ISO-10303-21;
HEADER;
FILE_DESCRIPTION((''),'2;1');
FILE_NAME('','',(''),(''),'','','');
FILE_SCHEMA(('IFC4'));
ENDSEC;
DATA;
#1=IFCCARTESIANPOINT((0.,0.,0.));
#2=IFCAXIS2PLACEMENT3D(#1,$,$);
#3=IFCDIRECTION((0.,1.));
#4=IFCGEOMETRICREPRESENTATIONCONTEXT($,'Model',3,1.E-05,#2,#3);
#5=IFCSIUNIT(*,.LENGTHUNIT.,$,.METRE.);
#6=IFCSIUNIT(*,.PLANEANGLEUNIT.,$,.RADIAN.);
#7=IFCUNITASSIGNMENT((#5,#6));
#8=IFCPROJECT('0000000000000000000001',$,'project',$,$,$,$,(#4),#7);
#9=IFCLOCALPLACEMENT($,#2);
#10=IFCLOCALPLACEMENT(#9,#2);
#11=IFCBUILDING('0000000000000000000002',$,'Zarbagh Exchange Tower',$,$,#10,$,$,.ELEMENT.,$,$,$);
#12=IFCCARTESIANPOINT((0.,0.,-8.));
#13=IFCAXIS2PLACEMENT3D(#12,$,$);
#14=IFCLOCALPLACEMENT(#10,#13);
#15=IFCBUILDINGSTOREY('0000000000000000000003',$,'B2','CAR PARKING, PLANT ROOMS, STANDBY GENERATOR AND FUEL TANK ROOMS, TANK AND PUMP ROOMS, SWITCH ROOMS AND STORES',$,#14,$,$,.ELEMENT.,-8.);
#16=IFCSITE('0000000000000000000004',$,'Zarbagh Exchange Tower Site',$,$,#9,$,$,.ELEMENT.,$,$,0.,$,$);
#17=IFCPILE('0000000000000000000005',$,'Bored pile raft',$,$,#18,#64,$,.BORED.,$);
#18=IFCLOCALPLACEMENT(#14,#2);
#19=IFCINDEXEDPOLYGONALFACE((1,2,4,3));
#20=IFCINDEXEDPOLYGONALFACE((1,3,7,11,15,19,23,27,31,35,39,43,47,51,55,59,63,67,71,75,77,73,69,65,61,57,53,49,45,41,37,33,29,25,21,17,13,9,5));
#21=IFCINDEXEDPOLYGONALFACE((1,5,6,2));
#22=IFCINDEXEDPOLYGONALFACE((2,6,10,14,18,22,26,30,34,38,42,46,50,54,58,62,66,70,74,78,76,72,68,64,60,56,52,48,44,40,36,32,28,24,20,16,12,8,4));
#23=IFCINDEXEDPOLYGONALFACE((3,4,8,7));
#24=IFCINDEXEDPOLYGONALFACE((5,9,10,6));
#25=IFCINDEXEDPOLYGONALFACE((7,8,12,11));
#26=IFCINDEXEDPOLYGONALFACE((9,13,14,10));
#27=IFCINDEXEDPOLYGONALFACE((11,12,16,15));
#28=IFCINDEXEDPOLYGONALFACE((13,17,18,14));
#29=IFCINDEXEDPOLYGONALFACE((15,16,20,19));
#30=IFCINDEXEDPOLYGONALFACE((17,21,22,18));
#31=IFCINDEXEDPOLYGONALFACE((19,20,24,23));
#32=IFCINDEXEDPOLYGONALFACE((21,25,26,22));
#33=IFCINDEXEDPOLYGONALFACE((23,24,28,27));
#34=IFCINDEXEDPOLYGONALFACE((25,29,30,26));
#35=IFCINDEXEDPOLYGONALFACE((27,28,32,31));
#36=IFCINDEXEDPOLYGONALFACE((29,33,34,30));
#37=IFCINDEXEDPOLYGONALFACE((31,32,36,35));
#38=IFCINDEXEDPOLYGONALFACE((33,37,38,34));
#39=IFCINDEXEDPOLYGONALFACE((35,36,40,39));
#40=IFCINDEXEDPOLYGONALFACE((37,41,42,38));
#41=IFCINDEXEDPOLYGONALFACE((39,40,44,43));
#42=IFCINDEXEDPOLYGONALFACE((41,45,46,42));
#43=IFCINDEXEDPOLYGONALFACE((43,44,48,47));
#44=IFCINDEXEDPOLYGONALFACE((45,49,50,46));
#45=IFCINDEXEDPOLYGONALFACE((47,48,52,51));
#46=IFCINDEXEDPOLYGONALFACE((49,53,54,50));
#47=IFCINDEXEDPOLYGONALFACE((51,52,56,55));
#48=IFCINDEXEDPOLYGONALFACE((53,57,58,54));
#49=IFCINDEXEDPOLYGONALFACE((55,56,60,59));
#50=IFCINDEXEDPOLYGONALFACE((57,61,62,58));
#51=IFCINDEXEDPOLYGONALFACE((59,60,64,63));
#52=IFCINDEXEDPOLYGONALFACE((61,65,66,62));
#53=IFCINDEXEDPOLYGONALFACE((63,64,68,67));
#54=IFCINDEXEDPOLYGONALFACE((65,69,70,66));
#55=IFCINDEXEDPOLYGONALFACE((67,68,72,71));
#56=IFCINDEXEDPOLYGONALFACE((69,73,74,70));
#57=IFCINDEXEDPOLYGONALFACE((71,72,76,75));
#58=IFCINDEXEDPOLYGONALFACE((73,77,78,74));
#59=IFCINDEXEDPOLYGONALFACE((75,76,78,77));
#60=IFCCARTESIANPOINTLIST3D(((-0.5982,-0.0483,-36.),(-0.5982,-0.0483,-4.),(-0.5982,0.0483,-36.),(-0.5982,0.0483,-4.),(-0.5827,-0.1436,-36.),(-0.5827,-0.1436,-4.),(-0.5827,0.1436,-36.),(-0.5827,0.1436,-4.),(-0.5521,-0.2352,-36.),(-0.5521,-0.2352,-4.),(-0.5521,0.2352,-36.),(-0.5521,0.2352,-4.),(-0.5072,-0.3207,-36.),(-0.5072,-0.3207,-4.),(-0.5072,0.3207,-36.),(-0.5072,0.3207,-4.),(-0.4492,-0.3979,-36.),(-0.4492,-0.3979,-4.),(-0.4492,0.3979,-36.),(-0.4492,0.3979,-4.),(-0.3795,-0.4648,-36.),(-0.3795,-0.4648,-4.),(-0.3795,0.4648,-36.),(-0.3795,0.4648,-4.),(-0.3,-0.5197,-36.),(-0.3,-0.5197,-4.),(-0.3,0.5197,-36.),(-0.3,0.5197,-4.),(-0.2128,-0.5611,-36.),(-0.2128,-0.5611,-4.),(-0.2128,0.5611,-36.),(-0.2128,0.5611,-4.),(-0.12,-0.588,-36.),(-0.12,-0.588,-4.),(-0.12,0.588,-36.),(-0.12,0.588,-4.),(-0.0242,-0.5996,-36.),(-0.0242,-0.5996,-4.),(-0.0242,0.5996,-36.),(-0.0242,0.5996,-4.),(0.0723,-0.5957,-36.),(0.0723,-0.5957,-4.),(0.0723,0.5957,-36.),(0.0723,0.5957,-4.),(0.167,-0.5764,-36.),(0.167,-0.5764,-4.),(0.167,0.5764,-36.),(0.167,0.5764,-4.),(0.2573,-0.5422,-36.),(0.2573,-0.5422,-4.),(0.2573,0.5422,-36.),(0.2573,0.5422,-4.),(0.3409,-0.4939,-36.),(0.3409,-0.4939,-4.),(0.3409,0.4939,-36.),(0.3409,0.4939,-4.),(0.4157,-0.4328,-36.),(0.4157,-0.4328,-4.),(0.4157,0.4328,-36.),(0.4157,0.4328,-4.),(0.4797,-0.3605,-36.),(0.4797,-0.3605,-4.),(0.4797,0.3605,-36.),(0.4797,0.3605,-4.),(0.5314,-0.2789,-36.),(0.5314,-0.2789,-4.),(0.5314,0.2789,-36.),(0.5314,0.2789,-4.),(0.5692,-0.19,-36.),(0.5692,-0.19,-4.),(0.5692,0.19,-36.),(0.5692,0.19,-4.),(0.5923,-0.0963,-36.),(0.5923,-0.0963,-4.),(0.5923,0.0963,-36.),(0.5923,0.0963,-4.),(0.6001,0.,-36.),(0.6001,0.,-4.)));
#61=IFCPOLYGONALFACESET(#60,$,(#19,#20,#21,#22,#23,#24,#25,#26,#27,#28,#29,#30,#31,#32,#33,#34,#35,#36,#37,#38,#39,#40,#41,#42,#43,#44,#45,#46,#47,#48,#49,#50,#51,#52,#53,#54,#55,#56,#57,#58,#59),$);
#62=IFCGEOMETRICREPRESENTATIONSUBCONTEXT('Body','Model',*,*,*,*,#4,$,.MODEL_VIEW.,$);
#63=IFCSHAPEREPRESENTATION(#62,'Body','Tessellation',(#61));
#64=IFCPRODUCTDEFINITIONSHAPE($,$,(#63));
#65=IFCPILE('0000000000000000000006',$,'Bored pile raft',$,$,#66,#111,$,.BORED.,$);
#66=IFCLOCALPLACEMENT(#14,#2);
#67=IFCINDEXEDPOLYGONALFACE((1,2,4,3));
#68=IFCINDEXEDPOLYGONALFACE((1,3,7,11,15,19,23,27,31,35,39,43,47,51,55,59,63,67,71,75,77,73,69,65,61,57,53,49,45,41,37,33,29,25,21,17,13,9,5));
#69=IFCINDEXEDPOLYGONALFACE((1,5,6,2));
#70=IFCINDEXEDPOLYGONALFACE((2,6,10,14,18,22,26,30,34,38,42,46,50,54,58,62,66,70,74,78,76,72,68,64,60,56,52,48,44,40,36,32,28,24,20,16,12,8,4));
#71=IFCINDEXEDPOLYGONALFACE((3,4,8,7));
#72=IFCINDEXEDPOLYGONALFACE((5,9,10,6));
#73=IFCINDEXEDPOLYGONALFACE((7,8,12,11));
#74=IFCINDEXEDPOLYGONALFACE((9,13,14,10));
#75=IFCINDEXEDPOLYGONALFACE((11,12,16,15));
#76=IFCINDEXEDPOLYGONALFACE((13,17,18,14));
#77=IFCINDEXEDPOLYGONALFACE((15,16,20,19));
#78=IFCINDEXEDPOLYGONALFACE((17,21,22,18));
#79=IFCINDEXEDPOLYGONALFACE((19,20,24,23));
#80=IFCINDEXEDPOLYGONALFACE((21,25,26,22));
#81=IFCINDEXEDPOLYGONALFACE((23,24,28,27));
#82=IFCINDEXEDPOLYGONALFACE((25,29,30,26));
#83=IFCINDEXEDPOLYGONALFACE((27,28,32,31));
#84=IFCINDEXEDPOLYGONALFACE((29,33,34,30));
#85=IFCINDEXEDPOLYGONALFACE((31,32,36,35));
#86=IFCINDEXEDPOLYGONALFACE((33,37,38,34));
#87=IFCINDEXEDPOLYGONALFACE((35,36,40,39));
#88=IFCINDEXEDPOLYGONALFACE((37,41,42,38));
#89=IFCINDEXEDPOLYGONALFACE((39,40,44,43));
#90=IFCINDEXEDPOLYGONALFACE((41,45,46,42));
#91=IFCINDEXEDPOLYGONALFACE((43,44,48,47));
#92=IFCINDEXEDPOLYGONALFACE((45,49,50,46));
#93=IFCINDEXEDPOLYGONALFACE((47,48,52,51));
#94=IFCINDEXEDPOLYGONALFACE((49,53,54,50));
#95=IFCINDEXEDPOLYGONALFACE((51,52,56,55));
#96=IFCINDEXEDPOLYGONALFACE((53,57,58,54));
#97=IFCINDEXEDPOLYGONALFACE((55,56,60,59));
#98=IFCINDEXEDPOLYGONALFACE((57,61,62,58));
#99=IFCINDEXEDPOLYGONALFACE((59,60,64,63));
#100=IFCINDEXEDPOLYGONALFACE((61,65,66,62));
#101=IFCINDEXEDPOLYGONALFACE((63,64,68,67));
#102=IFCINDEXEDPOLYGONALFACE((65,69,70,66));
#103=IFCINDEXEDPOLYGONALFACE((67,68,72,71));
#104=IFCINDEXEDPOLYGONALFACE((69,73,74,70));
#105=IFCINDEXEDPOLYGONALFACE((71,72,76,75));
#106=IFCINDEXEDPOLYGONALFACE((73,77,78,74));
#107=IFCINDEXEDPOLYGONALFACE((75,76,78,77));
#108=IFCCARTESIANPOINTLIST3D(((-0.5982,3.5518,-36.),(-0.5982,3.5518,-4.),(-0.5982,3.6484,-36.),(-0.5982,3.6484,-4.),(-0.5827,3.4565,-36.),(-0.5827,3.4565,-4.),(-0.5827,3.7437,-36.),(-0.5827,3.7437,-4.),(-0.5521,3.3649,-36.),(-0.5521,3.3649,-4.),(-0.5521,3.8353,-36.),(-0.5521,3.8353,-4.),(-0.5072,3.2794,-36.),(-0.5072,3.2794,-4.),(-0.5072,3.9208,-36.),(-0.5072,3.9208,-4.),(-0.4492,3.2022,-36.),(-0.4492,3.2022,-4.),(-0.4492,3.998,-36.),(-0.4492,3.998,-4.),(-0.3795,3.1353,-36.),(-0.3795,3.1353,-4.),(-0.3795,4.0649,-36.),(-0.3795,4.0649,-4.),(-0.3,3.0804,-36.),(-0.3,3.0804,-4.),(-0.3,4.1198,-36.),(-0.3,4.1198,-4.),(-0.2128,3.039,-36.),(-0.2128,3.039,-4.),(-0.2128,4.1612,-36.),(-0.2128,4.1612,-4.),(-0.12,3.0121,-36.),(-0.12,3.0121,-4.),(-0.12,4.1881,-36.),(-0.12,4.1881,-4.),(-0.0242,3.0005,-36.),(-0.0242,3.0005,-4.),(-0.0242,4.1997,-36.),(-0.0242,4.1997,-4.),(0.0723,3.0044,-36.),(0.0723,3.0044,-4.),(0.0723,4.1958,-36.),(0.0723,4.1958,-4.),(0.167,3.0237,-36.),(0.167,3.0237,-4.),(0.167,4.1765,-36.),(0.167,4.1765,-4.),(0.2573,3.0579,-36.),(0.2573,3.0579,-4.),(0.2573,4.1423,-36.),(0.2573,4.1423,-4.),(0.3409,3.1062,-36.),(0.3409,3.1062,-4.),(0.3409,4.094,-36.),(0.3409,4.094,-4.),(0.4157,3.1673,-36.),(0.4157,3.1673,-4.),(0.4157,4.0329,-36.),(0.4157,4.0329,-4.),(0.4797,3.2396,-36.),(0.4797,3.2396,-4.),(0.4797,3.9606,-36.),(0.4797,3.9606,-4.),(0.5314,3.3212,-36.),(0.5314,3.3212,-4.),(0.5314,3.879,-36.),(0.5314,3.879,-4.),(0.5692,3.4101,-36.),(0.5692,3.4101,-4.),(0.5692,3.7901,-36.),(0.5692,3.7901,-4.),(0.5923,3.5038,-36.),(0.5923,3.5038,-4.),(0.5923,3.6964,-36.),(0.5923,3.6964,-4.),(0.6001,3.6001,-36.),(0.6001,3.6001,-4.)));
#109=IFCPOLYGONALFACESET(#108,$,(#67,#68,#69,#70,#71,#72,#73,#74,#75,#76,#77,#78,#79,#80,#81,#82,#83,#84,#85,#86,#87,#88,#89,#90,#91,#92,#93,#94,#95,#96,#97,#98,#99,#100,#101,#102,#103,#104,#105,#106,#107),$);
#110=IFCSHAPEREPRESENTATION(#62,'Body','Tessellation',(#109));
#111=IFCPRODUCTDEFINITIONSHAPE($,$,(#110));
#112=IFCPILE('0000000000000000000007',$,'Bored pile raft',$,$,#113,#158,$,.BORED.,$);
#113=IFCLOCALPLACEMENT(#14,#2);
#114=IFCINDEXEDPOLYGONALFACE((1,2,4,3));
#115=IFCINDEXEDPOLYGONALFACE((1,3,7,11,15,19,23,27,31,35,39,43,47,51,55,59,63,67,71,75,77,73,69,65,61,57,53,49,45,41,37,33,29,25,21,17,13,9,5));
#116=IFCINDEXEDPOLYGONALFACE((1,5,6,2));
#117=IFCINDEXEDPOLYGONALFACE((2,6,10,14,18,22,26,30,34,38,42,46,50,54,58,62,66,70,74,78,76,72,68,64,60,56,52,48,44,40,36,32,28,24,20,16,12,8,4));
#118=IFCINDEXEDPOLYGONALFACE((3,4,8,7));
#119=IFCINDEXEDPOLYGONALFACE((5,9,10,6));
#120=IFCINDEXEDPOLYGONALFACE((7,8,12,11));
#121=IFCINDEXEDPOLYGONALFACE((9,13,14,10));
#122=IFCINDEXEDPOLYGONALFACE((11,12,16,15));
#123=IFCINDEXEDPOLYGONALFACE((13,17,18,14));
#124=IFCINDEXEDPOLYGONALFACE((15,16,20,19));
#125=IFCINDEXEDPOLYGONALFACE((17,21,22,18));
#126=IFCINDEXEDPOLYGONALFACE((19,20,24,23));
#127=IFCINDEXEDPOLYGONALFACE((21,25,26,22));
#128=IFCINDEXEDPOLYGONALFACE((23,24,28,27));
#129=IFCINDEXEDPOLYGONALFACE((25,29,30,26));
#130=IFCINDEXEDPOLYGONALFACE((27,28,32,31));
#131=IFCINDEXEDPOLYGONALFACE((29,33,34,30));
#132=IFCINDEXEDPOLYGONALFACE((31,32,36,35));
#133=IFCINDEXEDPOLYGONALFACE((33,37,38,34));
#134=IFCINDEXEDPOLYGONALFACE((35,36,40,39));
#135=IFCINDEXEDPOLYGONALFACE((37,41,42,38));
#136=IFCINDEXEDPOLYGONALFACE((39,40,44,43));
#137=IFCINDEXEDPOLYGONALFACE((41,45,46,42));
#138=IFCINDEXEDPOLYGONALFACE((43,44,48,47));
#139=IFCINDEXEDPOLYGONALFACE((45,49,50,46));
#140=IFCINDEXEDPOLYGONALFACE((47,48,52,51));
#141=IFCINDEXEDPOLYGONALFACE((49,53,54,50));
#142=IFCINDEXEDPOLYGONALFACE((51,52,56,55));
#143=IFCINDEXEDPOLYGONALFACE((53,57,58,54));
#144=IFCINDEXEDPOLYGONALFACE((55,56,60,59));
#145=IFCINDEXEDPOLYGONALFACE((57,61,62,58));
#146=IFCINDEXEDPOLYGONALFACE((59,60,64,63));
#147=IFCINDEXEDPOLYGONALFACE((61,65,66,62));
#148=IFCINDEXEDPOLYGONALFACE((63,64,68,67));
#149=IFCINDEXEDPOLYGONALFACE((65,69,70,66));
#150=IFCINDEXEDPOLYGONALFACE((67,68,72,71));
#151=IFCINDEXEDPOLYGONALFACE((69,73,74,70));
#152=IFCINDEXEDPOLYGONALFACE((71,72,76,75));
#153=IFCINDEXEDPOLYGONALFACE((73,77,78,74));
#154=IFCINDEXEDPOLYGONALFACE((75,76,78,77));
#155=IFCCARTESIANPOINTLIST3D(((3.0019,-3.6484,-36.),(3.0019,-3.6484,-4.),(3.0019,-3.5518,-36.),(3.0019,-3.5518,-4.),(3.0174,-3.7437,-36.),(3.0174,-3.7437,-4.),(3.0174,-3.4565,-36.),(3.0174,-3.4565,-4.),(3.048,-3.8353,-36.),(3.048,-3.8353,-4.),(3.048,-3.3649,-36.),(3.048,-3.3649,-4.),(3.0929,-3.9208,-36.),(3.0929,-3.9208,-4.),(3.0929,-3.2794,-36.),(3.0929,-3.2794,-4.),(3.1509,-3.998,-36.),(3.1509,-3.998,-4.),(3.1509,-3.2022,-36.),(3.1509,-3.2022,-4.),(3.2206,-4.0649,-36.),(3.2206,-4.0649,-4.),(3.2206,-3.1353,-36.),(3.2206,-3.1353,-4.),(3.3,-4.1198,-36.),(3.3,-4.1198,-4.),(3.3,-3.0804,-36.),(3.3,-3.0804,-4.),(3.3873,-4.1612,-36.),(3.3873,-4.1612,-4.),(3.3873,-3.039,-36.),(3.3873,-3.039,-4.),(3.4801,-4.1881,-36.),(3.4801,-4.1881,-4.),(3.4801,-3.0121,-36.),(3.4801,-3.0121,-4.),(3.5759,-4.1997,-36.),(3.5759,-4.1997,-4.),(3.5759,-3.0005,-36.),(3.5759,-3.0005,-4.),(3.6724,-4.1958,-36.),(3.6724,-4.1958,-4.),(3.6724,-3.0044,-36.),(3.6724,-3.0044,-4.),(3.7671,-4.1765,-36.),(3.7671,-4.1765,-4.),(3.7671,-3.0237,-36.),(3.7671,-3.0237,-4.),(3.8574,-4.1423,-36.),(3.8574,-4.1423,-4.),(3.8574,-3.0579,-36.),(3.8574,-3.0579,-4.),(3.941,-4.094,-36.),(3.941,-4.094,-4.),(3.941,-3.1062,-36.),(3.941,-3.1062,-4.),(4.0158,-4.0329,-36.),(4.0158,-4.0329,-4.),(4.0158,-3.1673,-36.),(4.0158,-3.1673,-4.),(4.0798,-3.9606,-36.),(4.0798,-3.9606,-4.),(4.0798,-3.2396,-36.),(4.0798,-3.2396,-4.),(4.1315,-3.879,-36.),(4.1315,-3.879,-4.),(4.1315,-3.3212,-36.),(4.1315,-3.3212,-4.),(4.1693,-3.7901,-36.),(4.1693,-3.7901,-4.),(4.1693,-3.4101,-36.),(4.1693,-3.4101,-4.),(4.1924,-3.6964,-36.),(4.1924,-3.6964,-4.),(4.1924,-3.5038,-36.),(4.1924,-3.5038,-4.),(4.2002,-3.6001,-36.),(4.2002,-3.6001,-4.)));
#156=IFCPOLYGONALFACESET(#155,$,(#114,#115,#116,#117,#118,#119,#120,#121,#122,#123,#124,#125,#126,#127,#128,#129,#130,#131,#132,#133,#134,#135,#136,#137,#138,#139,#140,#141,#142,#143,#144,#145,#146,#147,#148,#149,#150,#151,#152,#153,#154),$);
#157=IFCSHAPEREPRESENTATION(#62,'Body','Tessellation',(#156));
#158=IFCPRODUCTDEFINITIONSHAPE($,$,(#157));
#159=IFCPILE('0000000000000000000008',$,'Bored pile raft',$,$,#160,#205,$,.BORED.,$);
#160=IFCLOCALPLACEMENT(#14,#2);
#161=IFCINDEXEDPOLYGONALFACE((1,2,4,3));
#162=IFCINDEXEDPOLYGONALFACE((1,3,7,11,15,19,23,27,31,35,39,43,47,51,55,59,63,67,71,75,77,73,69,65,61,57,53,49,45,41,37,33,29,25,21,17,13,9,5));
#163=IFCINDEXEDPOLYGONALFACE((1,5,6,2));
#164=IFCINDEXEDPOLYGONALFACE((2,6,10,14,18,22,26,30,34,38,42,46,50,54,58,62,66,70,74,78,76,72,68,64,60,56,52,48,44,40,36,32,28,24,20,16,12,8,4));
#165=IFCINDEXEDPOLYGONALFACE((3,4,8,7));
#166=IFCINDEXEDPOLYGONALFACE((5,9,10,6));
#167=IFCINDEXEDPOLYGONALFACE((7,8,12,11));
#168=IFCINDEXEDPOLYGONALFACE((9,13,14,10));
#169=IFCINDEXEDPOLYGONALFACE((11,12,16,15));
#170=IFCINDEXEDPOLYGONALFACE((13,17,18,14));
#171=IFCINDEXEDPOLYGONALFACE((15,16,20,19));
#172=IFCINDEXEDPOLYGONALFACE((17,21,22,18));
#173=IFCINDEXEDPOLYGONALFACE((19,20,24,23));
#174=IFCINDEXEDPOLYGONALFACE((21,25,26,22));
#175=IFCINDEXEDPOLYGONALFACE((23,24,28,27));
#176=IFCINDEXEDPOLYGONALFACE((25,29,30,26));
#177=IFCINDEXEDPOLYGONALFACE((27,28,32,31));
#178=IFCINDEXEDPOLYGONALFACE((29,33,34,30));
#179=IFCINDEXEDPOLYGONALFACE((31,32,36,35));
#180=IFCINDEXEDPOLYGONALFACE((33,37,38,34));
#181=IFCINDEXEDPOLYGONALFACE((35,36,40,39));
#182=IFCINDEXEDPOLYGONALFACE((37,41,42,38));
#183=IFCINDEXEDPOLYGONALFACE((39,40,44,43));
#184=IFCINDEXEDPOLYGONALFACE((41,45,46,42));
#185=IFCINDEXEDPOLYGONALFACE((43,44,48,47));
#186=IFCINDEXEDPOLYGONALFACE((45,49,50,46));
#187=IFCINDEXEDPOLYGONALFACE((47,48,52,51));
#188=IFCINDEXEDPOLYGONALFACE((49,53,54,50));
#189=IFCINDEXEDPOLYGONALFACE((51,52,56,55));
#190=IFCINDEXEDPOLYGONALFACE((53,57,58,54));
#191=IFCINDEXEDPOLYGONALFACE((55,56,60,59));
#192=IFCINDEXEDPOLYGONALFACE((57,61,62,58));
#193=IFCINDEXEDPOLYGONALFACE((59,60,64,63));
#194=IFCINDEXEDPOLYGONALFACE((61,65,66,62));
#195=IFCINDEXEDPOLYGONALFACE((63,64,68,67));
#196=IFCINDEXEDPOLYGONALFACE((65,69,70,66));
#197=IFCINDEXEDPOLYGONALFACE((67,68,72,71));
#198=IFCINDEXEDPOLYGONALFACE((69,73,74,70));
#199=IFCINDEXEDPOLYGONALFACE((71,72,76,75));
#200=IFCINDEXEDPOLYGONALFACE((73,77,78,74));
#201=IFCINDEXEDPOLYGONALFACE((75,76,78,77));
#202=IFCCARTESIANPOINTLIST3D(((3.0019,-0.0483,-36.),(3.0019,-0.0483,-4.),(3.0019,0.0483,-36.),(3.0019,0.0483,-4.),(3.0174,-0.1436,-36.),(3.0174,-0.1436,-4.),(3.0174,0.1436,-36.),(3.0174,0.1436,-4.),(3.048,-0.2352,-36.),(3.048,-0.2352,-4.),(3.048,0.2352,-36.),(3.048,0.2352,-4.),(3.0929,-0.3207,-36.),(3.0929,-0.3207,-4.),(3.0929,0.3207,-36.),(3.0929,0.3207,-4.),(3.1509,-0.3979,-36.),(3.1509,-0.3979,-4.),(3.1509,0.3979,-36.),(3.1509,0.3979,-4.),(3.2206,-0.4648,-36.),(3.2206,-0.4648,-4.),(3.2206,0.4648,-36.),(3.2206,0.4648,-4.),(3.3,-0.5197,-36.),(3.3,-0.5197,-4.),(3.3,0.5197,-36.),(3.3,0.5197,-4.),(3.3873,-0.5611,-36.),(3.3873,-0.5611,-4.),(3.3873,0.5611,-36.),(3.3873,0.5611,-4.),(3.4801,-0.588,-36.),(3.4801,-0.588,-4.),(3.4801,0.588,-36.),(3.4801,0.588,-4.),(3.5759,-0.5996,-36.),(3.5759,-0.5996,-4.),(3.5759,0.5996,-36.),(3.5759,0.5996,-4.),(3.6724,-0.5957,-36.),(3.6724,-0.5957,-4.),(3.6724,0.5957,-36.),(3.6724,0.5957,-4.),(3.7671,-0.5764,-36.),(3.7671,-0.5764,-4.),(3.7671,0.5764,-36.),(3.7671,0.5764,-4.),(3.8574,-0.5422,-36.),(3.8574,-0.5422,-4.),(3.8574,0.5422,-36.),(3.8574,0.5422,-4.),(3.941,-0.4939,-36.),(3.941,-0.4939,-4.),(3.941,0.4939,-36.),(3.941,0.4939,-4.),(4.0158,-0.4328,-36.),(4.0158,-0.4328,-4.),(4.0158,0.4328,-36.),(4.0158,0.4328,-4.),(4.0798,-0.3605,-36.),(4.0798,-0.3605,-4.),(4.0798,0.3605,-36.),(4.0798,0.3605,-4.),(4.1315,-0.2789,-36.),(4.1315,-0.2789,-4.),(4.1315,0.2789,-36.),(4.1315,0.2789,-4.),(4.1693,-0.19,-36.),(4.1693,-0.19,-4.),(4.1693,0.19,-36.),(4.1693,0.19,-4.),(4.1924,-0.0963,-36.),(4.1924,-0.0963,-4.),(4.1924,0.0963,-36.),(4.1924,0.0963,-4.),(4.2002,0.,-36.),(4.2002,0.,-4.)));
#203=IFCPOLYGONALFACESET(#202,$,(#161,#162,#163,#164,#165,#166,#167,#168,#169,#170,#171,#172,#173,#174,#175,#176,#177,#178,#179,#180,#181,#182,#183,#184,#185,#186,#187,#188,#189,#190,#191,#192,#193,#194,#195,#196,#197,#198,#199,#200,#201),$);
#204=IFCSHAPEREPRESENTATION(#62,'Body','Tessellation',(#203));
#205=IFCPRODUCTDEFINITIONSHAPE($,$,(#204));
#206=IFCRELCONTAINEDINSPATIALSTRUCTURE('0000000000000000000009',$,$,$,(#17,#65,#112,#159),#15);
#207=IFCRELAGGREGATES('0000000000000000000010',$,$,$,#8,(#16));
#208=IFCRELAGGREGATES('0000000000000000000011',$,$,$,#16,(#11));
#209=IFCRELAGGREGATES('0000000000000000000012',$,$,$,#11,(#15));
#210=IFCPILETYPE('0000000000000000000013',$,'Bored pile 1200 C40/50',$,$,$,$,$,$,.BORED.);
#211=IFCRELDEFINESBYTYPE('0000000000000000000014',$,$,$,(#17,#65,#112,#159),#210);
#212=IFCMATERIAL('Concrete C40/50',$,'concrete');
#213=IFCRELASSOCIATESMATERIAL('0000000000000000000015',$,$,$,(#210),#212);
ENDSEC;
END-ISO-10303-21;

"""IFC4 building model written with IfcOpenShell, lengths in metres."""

from ifc_helpers import new_model, si_unit, direction, frame, origin, origin_2d, place, context, subcontext, project, spatial, circle, extrude, material, material_profile, profile_set, type_object, element, save


model = new_model("IFC4")

# Units and contexts
model_context = context("Model", 3, precision=1e-05, world=origin(), true_north=direction((0.0, 1.0)))
body_context = subcontext(model_context, "Body", "Model", "MODEL_VIEW")
ifc_project = project(units=[si_unit("LENGTHUNIT", "METRE"), si_unit("PLANEANGLEUNIT", "RADIAN")], contexts=[model_context])

# Site, building, storey
site_placement = place(None, origin())
site = spatial("IfcSite", under=ifc_project, at=site_placement, Name="Zarbagh Exchange Tower Site", CompositionType="ELEMENT", RefElevation=0.0)
building_placement = place(site_placement, origin())
building = spatial("IfcBuilding", under=site, at=building_placement, Name="Zarbagh Exchange Tower", CompositionType="ELEMENT")
storey_placement = place(building_placement, frame((0.0, 0.0, -8.0)))
storey = spatial("IfcBuildingStorey", under=building, at=storey_placement, Name="B2", Description="CAR PARKING, PLANT ROOMS, STANDBY GENERATOR AND FUEL TANK ROOMS, TANK AND PUMP ROOMS, SWITCH ROOMS AND STORES", CompositionType="ELEMENT", Elevation=-8.0)

# Piles
ifc_material_1 = material(Name="Concrete C40/50", Category="concrete")
ifc_material_profile = material_profile(ifc_material_1, circle(Radius=0.6001, at=origin_2d()), Name="Bored pile 1200 C40/50")
ifc_profile_set = profile_set([ifc_material_profile], Name="Concrete C40/50")
pile_type = type_object("IfcPileType", Name="Bored pile 1200 C40/50", PredefinedType="BORED", material=ifc_profile_set)
for number, where, z_axis, x_axis, name in (
    (1, (0.0, 0.0, -4.0), (0.0, 0.0, -1.0), (1.0, 0.0, 0.0), "Bored pile raft"),
    (2, (0.0, 3.6001, -4.0), (0.0, 0.0, -1.0), (1.0, 0.0, 0.0), "Bored pile raft"),
    (3, (3.6001, -3.6001, -4.0), (0.0, 0.0, -1.0), (1.0, 0.0, 0.0), "Bored pile raft"),
    (4, (3.6001, 0.0, -4.0), (0.0, 0.0, -1.0), (1.0, 0.0, 0.0), "Bored pile raft"),
):
    element("IfcPile", number, at=place(storey_placement, frame(where, z_axis=z_axis, x_axis=x_axis)), inside=storey, type_object=pile_type, Name=name, PredefinedType="BORED", context=body_context, shape_type="SweptSolid", body=[
        extrude(circle(Radius=0.6001, at=origin_2d()), origin(), (0.0, 0.0, 1.0), 32.0),
    ])

save(model, "model.ifc")
